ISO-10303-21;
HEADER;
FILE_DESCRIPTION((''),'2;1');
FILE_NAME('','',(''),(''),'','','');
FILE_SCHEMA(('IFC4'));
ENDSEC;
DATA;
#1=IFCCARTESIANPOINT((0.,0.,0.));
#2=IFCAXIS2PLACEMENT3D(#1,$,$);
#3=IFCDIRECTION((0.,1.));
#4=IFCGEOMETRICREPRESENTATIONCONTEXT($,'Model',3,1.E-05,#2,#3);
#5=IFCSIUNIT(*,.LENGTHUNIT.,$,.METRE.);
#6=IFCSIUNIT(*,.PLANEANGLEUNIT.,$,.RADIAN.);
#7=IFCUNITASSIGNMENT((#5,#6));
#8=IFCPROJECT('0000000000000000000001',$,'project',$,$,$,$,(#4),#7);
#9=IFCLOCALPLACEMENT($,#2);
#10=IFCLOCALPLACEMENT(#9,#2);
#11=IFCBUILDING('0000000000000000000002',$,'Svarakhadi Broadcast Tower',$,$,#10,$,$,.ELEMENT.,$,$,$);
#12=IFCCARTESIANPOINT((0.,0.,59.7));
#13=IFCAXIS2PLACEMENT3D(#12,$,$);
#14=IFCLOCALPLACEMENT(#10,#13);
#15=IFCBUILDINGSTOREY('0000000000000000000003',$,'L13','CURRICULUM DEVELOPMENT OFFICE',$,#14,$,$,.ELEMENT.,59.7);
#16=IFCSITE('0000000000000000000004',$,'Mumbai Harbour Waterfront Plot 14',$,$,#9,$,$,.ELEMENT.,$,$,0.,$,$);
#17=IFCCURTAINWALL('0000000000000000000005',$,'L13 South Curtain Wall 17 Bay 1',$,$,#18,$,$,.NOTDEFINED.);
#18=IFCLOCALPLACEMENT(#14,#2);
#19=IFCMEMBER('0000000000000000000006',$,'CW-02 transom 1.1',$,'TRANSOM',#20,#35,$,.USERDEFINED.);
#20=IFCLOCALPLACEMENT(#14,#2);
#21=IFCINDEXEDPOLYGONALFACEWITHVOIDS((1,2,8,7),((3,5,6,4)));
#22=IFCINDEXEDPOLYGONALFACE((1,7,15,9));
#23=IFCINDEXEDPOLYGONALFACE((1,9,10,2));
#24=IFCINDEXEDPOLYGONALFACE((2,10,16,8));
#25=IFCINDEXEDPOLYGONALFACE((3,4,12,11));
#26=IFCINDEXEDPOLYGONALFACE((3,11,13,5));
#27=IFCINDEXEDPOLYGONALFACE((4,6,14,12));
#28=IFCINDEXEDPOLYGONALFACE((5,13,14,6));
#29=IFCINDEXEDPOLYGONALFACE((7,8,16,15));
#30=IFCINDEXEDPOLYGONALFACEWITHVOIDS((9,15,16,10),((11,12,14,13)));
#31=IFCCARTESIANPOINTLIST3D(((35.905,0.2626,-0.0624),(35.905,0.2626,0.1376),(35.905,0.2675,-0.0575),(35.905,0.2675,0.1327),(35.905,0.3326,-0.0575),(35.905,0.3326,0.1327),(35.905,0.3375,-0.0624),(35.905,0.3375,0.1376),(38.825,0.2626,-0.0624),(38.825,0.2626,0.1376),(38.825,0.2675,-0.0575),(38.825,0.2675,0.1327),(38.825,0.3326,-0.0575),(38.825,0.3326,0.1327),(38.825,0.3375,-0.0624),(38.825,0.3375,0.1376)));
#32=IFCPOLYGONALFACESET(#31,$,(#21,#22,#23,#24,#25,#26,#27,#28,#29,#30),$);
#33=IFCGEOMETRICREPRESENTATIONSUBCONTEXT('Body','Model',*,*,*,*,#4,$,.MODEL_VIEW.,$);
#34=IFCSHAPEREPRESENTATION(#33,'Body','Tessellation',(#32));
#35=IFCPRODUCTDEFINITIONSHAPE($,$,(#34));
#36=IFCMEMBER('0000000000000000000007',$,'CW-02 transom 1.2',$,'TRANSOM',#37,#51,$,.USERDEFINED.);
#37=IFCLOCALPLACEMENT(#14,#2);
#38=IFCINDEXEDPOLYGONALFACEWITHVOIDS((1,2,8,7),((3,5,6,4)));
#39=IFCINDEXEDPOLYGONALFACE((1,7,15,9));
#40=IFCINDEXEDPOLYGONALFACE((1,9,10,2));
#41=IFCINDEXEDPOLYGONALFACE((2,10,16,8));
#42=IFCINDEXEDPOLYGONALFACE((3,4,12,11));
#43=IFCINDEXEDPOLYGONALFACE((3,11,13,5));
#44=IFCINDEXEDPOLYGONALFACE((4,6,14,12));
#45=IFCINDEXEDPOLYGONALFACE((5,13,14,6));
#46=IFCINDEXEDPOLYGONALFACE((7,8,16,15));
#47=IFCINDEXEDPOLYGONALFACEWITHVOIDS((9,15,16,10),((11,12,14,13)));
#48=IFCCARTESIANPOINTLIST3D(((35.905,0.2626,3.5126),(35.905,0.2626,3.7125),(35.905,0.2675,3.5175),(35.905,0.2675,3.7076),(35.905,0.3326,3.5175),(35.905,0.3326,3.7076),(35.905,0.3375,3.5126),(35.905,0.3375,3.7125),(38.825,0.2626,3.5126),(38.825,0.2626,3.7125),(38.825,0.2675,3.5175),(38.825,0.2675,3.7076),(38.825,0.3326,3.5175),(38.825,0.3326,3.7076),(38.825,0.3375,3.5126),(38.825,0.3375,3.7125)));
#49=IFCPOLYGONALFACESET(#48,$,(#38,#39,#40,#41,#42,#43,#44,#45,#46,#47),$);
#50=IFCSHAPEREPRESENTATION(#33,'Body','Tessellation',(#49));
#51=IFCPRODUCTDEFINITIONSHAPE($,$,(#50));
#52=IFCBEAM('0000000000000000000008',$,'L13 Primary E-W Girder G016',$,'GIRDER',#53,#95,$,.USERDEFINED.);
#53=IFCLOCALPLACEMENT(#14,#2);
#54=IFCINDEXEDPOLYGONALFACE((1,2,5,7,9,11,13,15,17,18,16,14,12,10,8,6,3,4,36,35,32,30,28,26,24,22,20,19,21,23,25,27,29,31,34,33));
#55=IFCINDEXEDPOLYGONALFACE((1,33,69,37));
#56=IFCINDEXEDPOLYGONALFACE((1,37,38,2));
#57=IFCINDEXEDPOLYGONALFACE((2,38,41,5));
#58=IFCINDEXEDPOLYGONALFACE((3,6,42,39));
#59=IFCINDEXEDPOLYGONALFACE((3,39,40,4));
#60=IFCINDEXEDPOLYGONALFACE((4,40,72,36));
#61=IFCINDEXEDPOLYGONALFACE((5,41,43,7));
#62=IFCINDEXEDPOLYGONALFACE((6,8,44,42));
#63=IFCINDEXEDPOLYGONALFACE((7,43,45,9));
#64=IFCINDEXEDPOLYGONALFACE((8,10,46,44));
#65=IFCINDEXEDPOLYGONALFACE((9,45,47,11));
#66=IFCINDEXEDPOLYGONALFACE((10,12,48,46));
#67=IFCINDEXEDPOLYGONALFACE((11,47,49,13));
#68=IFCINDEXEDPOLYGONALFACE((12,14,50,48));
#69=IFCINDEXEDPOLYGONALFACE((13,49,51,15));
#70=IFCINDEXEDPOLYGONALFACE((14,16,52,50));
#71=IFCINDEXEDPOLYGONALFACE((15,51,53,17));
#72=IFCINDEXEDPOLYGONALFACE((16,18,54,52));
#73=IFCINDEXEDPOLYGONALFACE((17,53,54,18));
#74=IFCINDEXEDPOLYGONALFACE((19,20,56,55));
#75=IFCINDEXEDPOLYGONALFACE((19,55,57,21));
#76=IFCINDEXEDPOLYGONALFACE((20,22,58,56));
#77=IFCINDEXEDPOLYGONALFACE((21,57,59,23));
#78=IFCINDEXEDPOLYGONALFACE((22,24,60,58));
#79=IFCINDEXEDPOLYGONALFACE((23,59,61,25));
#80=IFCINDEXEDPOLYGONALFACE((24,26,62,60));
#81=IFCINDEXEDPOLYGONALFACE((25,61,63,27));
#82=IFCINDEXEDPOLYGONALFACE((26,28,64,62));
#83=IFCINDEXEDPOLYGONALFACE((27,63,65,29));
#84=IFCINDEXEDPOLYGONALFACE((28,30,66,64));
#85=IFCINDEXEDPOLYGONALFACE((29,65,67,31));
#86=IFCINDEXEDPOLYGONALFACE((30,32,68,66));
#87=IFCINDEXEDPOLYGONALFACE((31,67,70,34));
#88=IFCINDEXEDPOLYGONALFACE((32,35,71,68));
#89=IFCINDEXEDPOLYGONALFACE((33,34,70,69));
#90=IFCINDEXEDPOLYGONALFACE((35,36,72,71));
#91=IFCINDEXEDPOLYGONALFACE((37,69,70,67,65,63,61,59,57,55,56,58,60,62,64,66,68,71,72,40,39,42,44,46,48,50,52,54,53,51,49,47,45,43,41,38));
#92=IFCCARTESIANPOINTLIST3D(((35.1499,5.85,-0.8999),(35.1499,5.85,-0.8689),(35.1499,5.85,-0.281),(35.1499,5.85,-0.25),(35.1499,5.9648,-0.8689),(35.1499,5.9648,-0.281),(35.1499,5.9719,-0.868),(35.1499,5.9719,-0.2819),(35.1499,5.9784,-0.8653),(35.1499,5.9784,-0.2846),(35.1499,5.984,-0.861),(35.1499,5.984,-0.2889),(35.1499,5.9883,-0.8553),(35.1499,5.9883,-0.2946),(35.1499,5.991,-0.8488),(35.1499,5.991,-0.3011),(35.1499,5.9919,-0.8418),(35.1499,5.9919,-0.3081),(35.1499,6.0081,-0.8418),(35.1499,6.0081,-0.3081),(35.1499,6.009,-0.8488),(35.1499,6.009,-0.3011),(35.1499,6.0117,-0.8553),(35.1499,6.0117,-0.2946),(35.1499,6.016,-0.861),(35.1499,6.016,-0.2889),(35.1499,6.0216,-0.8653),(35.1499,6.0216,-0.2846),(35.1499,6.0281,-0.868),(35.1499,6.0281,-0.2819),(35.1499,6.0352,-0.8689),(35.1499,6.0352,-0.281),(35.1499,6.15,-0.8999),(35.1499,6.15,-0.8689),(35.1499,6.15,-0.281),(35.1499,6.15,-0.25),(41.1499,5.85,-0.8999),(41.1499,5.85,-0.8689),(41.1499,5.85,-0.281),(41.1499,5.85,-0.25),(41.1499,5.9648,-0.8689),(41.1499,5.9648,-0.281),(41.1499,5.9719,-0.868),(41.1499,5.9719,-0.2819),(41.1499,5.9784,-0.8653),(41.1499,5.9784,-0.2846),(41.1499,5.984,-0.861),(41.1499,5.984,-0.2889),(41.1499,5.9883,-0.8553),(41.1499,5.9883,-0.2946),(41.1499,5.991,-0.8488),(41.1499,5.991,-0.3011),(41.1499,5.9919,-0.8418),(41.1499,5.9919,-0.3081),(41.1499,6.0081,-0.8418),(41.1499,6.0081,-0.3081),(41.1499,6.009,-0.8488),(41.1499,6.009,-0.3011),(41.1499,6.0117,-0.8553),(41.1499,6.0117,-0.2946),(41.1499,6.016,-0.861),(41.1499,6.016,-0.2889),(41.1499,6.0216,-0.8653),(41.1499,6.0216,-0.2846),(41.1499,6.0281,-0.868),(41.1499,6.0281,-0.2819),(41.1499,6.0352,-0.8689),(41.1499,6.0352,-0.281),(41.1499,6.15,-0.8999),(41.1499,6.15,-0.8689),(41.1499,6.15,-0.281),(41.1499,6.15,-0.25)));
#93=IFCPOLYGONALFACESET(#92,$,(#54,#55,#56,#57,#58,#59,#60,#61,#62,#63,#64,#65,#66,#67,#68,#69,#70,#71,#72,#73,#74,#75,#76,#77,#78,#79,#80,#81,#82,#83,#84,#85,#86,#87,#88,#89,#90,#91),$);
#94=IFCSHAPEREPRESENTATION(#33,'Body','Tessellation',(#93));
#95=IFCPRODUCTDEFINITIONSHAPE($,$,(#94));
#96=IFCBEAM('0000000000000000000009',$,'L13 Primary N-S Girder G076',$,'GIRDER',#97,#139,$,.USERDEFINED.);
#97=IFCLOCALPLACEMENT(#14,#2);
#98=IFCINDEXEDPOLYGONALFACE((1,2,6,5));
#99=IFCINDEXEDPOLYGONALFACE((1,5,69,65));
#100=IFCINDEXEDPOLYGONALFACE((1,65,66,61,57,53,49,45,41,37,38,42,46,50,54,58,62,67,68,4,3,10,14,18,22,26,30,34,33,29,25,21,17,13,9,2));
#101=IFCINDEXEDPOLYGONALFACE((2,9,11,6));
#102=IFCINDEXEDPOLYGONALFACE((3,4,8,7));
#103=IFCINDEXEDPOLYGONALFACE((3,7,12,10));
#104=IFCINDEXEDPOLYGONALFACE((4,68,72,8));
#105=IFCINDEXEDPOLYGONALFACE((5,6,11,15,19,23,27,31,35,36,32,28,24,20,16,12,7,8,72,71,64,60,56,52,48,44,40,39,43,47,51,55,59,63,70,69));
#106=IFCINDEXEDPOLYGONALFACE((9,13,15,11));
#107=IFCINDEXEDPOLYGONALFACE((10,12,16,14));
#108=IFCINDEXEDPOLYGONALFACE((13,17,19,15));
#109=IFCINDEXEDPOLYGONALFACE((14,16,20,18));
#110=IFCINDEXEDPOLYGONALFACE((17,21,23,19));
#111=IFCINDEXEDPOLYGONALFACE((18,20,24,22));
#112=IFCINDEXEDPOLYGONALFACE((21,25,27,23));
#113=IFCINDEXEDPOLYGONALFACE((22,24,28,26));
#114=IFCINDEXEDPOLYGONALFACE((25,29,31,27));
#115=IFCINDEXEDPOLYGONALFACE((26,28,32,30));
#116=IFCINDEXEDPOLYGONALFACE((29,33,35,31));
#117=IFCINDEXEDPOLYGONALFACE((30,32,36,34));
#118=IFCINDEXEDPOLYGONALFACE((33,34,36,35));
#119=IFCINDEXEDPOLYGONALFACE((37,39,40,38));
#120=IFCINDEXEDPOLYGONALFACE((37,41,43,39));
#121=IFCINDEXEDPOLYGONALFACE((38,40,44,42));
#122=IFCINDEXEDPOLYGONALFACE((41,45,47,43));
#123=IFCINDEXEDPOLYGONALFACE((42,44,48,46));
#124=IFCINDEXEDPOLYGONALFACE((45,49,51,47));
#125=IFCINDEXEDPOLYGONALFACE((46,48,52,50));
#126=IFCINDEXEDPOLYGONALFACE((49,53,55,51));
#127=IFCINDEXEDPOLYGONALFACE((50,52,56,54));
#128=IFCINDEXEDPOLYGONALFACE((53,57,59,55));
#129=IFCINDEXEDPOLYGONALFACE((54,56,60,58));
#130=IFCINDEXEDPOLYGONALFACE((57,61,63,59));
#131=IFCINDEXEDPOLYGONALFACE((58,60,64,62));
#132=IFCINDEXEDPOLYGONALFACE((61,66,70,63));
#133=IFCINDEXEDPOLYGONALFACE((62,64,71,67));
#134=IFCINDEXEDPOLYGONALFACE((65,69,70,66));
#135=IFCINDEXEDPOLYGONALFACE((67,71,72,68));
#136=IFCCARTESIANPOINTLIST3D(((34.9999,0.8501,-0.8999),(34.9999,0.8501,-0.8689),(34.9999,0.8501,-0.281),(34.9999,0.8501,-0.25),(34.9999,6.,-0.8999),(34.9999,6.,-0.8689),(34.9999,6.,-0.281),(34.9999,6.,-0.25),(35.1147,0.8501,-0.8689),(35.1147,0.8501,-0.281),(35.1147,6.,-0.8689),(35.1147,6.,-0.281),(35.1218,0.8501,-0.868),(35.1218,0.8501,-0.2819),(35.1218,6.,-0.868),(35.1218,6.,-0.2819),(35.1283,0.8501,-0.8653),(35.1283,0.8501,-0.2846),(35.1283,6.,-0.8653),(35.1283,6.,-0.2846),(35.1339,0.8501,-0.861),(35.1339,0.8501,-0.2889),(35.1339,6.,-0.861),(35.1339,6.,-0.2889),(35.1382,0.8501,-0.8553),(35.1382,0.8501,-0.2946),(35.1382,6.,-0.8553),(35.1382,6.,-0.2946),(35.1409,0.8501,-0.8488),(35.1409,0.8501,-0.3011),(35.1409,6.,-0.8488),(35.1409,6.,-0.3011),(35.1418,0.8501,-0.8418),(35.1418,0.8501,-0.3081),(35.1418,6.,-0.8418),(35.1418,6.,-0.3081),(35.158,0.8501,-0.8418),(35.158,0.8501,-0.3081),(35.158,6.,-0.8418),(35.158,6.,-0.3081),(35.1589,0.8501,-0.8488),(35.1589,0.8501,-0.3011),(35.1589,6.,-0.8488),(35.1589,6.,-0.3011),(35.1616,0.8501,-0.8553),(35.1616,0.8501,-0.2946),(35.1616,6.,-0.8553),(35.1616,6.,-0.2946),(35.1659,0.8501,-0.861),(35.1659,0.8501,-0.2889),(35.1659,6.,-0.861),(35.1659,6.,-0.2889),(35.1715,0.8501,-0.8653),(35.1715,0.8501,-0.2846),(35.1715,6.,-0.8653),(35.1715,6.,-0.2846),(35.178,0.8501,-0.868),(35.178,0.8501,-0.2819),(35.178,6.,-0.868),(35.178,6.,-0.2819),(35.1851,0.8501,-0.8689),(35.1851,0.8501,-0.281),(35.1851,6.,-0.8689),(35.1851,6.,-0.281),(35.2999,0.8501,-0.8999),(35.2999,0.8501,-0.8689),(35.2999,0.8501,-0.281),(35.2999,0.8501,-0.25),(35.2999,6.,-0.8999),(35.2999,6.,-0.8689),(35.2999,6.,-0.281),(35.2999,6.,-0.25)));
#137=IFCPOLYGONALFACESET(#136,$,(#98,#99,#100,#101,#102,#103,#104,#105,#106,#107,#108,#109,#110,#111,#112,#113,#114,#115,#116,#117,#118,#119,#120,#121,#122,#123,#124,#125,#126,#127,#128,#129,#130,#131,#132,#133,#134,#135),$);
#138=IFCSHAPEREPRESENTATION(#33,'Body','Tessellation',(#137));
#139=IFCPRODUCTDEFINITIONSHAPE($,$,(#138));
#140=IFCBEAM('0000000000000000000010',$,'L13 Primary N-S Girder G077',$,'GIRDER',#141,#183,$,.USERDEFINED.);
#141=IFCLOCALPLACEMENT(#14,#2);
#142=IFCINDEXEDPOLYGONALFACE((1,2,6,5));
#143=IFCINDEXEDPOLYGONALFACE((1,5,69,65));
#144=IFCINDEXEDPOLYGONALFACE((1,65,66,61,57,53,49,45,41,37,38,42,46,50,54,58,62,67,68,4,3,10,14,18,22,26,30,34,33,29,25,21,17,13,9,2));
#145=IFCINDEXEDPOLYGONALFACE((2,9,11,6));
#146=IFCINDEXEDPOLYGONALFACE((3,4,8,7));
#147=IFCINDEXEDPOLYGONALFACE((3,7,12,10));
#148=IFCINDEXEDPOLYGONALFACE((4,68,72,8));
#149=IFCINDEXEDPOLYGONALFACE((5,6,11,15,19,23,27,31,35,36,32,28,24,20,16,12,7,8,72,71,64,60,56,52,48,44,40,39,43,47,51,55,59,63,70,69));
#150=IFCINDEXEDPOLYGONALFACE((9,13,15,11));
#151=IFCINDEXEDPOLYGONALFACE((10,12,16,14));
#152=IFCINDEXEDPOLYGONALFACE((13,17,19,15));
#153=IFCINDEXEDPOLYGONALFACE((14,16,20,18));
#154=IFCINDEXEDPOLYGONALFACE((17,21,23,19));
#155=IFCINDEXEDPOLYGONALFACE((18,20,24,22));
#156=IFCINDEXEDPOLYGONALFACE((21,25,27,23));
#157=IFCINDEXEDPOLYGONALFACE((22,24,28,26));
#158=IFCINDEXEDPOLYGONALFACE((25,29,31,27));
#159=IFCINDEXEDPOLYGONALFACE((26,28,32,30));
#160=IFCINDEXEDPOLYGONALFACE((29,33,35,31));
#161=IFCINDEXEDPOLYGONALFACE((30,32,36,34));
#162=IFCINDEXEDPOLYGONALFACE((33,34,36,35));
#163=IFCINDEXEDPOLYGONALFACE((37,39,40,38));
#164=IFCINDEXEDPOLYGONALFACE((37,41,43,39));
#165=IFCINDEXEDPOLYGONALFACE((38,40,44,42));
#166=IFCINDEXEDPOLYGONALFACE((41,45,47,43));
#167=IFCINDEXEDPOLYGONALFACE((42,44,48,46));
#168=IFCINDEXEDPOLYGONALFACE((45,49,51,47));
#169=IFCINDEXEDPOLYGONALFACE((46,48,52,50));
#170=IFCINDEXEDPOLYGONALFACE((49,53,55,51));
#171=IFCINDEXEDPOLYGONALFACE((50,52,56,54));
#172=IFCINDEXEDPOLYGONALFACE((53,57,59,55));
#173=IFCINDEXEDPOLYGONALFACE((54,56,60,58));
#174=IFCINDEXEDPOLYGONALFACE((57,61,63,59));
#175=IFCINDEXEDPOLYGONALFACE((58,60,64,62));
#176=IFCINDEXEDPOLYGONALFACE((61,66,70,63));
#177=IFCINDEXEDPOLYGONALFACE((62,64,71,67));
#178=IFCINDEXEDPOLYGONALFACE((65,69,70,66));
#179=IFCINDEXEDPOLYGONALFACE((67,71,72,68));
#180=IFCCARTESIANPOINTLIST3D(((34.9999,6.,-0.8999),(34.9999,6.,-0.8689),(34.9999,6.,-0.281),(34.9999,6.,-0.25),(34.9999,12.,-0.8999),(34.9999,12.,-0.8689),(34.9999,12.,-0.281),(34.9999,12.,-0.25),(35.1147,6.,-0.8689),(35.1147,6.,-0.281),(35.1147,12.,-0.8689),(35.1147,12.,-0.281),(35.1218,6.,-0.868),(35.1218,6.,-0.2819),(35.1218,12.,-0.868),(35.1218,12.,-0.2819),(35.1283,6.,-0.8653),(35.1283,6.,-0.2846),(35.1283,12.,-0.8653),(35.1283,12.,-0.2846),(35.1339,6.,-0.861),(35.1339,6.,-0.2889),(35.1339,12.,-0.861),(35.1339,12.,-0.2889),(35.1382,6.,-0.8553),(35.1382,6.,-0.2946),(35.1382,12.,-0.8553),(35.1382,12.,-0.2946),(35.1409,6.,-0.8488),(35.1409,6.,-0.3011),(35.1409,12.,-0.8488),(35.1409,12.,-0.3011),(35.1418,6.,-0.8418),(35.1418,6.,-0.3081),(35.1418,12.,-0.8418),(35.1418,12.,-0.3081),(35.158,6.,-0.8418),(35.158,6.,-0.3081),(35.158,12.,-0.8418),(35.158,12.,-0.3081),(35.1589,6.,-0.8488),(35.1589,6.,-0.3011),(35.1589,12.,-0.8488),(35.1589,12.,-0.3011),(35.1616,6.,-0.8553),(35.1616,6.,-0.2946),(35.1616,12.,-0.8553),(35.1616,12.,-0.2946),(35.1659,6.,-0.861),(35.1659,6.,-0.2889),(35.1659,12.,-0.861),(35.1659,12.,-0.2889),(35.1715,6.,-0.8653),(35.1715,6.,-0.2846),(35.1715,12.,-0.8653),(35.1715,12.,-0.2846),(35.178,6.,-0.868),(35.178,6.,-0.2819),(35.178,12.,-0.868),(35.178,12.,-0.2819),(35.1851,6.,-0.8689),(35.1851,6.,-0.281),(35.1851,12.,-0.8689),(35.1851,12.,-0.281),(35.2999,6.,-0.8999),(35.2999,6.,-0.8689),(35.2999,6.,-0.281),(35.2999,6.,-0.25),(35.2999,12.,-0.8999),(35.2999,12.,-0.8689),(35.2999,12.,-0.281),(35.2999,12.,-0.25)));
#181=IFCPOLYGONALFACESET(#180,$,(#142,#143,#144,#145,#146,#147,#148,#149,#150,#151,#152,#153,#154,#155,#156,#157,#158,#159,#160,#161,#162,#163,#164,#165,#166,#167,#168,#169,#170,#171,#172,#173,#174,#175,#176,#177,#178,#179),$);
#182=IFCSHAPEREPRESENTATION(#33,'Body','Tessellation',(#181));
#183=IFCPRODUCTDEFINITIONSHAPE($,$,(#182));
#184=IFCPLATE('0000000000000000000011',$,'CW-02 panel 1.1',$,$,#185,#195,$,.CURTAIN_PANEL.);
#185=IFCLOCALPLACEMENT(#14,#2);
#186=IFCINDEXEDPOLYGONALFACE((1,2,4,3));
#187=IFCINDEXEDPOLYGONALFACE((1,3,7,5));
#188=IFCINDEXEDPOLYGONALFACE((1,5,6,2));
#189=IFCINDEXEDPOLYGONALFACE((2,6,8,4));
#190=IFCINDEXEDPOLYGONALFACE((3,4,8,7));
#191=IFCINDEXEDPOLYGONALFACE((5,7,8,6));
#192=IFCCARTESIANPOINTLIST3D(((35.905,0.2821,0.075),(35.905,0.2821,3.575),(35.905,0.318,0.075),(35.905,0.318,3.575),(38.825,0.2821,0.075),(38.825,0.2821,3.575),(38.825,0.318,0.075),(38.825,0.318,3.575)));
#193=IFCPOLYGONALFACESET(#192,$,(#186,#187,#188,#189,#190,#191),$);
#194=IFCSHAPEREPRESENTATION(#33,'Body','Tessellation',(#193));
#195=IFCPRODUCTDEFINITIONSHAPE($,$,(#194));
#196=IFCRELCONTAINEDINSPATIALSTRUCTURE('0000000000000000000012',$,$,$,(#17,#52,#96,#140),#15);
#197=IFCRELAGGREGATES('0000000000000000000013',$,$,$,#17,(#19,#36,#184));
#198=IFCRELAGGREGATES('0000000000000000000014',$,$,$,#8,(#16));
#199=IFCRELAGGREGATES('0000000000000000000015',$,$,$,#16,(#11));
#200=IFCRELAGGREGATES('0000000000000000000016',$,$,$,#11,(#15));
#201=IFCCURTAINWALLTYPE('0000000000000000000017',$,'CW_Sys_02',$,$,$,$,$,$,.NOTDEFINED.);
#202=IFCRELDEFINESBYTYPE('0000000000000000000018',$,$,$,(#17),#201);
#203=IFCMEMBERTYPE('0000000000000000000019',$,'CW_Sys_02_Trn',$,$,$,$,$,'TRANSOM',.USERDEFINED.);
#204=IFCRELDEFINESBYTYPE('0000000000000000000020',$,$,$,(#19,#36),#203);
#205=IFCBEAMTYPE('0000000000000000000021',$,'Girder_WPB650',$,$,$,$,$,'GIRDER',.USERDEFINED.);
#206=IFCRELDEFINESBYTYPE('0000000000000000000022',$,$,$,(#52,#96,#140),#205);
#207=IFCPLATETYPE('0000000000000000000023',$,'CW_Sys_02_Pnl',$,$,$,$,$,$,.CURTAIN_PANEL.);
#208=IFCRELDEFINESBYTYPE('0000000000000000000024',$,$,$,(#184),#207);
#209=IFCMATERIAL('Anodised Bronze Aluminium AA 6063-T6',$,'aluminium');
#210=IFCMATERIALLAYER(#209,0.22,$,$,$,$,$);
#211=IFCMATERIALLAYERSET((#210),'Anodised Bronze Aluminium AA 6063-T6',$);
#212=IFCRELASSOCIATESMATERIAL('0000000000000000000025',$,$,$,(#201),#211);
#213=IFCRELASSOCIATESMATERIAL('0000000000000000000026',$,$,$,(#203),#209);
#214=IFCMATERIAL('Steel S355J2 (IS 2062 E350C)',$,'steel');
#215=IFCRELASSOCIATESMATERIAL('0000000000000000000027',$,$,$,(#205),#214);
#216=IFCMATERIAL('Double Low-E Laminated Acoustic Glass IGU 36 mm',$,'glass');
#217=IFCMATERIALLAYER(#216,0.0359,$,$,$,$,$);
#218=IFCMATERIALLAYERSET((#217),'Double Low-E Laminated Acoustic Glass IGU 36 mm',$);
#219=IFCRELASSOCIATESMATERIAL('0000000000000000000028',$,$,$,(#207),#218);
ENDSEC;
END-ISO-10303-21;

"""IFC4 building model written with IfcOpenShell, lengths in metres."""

from ifc_helpers import new_model, si_unit, direction, frame, origin, origin_2d, place, context, subcontext, project, spatial, rectangle, hollow_rectangle, i_section, extrude, material, layer, layer_set, material_profile, profile_set, type_object, element, aggregate, save


model = new_model("IFC4")

# Units and contexts
model_context = context("Model", 3, precision=1e-05, world=origin(), true_north=direction((0.0, 1.0)))
body_context = subcontext(model_context, "Body", "Model", "MODEL_VIEW")
ifc_project = project(units=[si_unit("LENGTHUNIT", "METRE"), si_unit("PLANEANGLEUNIT", "RADIAN")], contexts=[model_context])

# Site, building, storey
site_placement = place(None, origin())
site = spatial("IfcSite", under=ifc_project, at=site_placement, Name="Mumbai Harbour Waterfront Plot 14", CompositionType="ELEMENT", RefElevation=0.0)
building_placement = place(site_placement, origin())
building = spatial("IfcBuilding", under=site, at=building_placement, Name="Svarakhadi Broadcast Tower", CompositionType="ELEMENT")
storey_placement = place(building_placement, frame((0.0, 0.0, 59.7)))
storey = spatial("IfcBuildingStorey", under=building, at=storey_placement, Name="L13", Description="CURRICULUM DEVELOPMENT OFFICE", CompositionType="ELEMENT", Elevation=59.7)

# Shared definitions
ifc_material_1 = material(Name="Steel S355J2 (IS 2062 E350C)", Category="steel")

# Curtain wall, members
ifc_material_2 = material(Name="Anodised Bronze Aluminium AA 6063-T6", Category="aluminium")
ifc_layer_1 = layer(ifc_material_2, 0.22)
ifc_layer_set_1 = layer_set([ifc_layer_1], Name="Anodised Bronze Aluminium AA 6063-T6")
curtain_wall_type = type_object("IfcCurtainWallType", Name="CW_Sys_02", PredefinedType="NOTDEFINED", material=ifc_layer_set_1)
curtain_wall_placement = place(storey_placement, origin())
curtain_wall = element("IfcCurtainWall", 1, at=curtain_wall_placement, inside=storey, type_object=curtain_wall_type, Name="L13 South Curtain Wall 17 Bay 1", PredefinedType="NOTDEFINED")
ifc_material_profile_1 = material_profile(ifc_material_2, hollow_rectangle(XDim=0.075, YDim=0.2, WallThickness=0.0049, at=origin_2d()), Name="ALU TRANSOM 200x75x5")
ifc_profile_set_1 = profile_set([ifc_material_profile_1], Name="Anodised Bronze Aluminium AA 6063-T6")
member_type_1 = type_object("IfcMemberType", Name="CW_Sys_02_Trn", ElementType="TRANSOM", PredefinedType="USERDEFINED", material=ifc_profile_set_1)
member_1_placement = place(storey_placement, frame((38.825, 0.3, 0.0376), z_axis=(-1.0, 0.0, 0.0), x_axis=(0.0, -1.0, 0.0)))
member_1 = element("IfcMember", 2, at=member_1_placement, type_object=member_type_1, Name="CW-02 transom 1.1", ObjectType="TRANSOM", PredefinedType="USERDEFINED", context=body_context, shape_type="SweptSolid", body=[
    extrude(hollow_rectangle(XDim=0.075, YDim=0.2, WallThickness=0.0049, at=origin_2d()), origin(), (0.0, 0.0, 1.0), 2.9199),
])
member_2_placement = place(storey_placement, frame((38.825, 0.3, 3.6125), z_axis=(-1.0, 0.0, 0.0), x_axis=(0.0, -1.0, 0.0)))
member_2 = element("IfcMember", 3, at=member_2_placement, type_object=member_type_1, Name="CW-02 transom 1.2", ObjectType="TRANSOM", PredefinedType="USERDEFINED", context=body_context, shape_type="SweptSolid", body=[
    extrude(hollow_rectangle(XDim=0.075, YDim=0.2, WallThickness=0.0049, at=origin_2d()), origin(), (0.0, 0.0, 1.0), 2.9199),
])

# Beams
ifc_material_profile_2 = material_profile(ifc_material_1, i_section(OverallWidth=0.3, OverallDepth=0.6499, WebThickness=0.0161, FlangeThickness=0.031, FilletRadius=0.0271, at=origin_2d()), Name="WPB 650x300x225")
ifc_profile_set_2 = profile_set([ifc_material_profile_2], Name="Steel S355J2 (IS 2062 E350C)")
beam_type_1 = type_object("IfcBeamType", Name="Girder_WPB650", ElementType="GIRDER", PredefinedType="USERDEFINED", material=ifc_profile_set_2)
beam_1_placement = place(storey_placement, frame((35.1499, 6.0, -0.575), z_axis=(1.0, 0.0, 0.0), x_axis=(0.0, 1.0, 0.0)))
element("IfcBeam", 4, at=beam_1_placement, inside=storey, type_object=beam_type_1, Name="L13 Primary E-W Girder G016", ObjectType="GIRDER", PredefinedType="USERDEFINED", context=body_context, shape_type="SweptSolid", body=[
    extrude(i_section(OverallWidth=0.3, OverallDepth=0.6499, WebThickness=0.0161, FlangeThickness=0.031, FilletRadius=0.0271, at=origin_2d()), origin(), (0.0, 0.0, 1.0), 6.0),
])
beam_2_placement = place(storey_placement, frame((35.1499, 0.8501, -0.575), z_axis=(0.0, 1.0, 0.0), x_axis=(-1.0, 0.0, 0.0)))
element("IfcBeam", 5, at=beam_2_placement, inside=storey, type_object=beam_type_1, Name="L13 Primary N-S Girder G076", ObjectType="GIRDER", PredefinedType="USERDEFINED", context=body_context, shape_type="SweptSolid", body=[
    extrude(i_section(OverallWidth=0.3, OverallDepth=0.6499, WebThickness=0.0161, FlangeThickness=0.031, FilletRadius=0.0271, at=origin_2d()), origin(), (0.0, 0.0, 1.0), 5.1499),
])
beam_3_placement = place(storey_placement, frame((35.1499, 6.0, -0.575), z_axis=(0.0, 1.0, 0.0), x_axis=(-1.0, 0.0, 0.0)))
element("IfcBeam", 6, at=beam_3_placement, inside=storey, type_object=beam_type_1, Name="L13 Primary N-S Girder G077", ObjectType="GIRDER", PredefinedType="USERDEFINED", context=body_context, shape_type="SweptSolid", body=[
    extrude(i_section(OverallWidth=0.3, OverallDepth=0.6499, WebThickness=0.0161, FlangeThickness=0.031, FilletRadius=0.0271, at=origin_2d()), origin(), (0.0, 0.0, 1.0), 6.0),
])

# Plate
ifc_material_3 = material(Name="Double Low-E Laminated Acoustic Glass IGU 36 mm", Category="glass")
ifc_layer_2 = layer(ifc_material_3, 0.0359)
ifc_layer_set_2 = layer_set([ifc_layer_2], Name="Double Low-E Laminated Acoustic Glass IGU 36 mm")
plate_type_1 = type_object("IfcPlateType", Name="CW_Sys_02_Pnl", PredefinedType="CURTAIN_PANEL", material=ifc_layer_set_2)
plate_1_placement = place(storey_placement, frame((37.365, 0.3, 0.075), z_axis=(0.0, 0.0, 1.0), x_axis=(-1.0, 0.0, 0.0)))
plate_1 = element("IfcPlate", 7, at=plate_1_placement, type_object=plate_type_1, Name="CW-02 panel 1.1", PredefinedType="CURTAIN_PANEL", context=body_context, shape_type="SweptSolid", body=[
    extrude(rectangle(XDim=2.9199, YDim=0.0359, at=origin_2d()), origin(), (0.0, 0.0, 1.0), 3.5),
])
aggregate(curtain_wall, [member_1, member_2, plate_1])

save(model, "model.ifc")
